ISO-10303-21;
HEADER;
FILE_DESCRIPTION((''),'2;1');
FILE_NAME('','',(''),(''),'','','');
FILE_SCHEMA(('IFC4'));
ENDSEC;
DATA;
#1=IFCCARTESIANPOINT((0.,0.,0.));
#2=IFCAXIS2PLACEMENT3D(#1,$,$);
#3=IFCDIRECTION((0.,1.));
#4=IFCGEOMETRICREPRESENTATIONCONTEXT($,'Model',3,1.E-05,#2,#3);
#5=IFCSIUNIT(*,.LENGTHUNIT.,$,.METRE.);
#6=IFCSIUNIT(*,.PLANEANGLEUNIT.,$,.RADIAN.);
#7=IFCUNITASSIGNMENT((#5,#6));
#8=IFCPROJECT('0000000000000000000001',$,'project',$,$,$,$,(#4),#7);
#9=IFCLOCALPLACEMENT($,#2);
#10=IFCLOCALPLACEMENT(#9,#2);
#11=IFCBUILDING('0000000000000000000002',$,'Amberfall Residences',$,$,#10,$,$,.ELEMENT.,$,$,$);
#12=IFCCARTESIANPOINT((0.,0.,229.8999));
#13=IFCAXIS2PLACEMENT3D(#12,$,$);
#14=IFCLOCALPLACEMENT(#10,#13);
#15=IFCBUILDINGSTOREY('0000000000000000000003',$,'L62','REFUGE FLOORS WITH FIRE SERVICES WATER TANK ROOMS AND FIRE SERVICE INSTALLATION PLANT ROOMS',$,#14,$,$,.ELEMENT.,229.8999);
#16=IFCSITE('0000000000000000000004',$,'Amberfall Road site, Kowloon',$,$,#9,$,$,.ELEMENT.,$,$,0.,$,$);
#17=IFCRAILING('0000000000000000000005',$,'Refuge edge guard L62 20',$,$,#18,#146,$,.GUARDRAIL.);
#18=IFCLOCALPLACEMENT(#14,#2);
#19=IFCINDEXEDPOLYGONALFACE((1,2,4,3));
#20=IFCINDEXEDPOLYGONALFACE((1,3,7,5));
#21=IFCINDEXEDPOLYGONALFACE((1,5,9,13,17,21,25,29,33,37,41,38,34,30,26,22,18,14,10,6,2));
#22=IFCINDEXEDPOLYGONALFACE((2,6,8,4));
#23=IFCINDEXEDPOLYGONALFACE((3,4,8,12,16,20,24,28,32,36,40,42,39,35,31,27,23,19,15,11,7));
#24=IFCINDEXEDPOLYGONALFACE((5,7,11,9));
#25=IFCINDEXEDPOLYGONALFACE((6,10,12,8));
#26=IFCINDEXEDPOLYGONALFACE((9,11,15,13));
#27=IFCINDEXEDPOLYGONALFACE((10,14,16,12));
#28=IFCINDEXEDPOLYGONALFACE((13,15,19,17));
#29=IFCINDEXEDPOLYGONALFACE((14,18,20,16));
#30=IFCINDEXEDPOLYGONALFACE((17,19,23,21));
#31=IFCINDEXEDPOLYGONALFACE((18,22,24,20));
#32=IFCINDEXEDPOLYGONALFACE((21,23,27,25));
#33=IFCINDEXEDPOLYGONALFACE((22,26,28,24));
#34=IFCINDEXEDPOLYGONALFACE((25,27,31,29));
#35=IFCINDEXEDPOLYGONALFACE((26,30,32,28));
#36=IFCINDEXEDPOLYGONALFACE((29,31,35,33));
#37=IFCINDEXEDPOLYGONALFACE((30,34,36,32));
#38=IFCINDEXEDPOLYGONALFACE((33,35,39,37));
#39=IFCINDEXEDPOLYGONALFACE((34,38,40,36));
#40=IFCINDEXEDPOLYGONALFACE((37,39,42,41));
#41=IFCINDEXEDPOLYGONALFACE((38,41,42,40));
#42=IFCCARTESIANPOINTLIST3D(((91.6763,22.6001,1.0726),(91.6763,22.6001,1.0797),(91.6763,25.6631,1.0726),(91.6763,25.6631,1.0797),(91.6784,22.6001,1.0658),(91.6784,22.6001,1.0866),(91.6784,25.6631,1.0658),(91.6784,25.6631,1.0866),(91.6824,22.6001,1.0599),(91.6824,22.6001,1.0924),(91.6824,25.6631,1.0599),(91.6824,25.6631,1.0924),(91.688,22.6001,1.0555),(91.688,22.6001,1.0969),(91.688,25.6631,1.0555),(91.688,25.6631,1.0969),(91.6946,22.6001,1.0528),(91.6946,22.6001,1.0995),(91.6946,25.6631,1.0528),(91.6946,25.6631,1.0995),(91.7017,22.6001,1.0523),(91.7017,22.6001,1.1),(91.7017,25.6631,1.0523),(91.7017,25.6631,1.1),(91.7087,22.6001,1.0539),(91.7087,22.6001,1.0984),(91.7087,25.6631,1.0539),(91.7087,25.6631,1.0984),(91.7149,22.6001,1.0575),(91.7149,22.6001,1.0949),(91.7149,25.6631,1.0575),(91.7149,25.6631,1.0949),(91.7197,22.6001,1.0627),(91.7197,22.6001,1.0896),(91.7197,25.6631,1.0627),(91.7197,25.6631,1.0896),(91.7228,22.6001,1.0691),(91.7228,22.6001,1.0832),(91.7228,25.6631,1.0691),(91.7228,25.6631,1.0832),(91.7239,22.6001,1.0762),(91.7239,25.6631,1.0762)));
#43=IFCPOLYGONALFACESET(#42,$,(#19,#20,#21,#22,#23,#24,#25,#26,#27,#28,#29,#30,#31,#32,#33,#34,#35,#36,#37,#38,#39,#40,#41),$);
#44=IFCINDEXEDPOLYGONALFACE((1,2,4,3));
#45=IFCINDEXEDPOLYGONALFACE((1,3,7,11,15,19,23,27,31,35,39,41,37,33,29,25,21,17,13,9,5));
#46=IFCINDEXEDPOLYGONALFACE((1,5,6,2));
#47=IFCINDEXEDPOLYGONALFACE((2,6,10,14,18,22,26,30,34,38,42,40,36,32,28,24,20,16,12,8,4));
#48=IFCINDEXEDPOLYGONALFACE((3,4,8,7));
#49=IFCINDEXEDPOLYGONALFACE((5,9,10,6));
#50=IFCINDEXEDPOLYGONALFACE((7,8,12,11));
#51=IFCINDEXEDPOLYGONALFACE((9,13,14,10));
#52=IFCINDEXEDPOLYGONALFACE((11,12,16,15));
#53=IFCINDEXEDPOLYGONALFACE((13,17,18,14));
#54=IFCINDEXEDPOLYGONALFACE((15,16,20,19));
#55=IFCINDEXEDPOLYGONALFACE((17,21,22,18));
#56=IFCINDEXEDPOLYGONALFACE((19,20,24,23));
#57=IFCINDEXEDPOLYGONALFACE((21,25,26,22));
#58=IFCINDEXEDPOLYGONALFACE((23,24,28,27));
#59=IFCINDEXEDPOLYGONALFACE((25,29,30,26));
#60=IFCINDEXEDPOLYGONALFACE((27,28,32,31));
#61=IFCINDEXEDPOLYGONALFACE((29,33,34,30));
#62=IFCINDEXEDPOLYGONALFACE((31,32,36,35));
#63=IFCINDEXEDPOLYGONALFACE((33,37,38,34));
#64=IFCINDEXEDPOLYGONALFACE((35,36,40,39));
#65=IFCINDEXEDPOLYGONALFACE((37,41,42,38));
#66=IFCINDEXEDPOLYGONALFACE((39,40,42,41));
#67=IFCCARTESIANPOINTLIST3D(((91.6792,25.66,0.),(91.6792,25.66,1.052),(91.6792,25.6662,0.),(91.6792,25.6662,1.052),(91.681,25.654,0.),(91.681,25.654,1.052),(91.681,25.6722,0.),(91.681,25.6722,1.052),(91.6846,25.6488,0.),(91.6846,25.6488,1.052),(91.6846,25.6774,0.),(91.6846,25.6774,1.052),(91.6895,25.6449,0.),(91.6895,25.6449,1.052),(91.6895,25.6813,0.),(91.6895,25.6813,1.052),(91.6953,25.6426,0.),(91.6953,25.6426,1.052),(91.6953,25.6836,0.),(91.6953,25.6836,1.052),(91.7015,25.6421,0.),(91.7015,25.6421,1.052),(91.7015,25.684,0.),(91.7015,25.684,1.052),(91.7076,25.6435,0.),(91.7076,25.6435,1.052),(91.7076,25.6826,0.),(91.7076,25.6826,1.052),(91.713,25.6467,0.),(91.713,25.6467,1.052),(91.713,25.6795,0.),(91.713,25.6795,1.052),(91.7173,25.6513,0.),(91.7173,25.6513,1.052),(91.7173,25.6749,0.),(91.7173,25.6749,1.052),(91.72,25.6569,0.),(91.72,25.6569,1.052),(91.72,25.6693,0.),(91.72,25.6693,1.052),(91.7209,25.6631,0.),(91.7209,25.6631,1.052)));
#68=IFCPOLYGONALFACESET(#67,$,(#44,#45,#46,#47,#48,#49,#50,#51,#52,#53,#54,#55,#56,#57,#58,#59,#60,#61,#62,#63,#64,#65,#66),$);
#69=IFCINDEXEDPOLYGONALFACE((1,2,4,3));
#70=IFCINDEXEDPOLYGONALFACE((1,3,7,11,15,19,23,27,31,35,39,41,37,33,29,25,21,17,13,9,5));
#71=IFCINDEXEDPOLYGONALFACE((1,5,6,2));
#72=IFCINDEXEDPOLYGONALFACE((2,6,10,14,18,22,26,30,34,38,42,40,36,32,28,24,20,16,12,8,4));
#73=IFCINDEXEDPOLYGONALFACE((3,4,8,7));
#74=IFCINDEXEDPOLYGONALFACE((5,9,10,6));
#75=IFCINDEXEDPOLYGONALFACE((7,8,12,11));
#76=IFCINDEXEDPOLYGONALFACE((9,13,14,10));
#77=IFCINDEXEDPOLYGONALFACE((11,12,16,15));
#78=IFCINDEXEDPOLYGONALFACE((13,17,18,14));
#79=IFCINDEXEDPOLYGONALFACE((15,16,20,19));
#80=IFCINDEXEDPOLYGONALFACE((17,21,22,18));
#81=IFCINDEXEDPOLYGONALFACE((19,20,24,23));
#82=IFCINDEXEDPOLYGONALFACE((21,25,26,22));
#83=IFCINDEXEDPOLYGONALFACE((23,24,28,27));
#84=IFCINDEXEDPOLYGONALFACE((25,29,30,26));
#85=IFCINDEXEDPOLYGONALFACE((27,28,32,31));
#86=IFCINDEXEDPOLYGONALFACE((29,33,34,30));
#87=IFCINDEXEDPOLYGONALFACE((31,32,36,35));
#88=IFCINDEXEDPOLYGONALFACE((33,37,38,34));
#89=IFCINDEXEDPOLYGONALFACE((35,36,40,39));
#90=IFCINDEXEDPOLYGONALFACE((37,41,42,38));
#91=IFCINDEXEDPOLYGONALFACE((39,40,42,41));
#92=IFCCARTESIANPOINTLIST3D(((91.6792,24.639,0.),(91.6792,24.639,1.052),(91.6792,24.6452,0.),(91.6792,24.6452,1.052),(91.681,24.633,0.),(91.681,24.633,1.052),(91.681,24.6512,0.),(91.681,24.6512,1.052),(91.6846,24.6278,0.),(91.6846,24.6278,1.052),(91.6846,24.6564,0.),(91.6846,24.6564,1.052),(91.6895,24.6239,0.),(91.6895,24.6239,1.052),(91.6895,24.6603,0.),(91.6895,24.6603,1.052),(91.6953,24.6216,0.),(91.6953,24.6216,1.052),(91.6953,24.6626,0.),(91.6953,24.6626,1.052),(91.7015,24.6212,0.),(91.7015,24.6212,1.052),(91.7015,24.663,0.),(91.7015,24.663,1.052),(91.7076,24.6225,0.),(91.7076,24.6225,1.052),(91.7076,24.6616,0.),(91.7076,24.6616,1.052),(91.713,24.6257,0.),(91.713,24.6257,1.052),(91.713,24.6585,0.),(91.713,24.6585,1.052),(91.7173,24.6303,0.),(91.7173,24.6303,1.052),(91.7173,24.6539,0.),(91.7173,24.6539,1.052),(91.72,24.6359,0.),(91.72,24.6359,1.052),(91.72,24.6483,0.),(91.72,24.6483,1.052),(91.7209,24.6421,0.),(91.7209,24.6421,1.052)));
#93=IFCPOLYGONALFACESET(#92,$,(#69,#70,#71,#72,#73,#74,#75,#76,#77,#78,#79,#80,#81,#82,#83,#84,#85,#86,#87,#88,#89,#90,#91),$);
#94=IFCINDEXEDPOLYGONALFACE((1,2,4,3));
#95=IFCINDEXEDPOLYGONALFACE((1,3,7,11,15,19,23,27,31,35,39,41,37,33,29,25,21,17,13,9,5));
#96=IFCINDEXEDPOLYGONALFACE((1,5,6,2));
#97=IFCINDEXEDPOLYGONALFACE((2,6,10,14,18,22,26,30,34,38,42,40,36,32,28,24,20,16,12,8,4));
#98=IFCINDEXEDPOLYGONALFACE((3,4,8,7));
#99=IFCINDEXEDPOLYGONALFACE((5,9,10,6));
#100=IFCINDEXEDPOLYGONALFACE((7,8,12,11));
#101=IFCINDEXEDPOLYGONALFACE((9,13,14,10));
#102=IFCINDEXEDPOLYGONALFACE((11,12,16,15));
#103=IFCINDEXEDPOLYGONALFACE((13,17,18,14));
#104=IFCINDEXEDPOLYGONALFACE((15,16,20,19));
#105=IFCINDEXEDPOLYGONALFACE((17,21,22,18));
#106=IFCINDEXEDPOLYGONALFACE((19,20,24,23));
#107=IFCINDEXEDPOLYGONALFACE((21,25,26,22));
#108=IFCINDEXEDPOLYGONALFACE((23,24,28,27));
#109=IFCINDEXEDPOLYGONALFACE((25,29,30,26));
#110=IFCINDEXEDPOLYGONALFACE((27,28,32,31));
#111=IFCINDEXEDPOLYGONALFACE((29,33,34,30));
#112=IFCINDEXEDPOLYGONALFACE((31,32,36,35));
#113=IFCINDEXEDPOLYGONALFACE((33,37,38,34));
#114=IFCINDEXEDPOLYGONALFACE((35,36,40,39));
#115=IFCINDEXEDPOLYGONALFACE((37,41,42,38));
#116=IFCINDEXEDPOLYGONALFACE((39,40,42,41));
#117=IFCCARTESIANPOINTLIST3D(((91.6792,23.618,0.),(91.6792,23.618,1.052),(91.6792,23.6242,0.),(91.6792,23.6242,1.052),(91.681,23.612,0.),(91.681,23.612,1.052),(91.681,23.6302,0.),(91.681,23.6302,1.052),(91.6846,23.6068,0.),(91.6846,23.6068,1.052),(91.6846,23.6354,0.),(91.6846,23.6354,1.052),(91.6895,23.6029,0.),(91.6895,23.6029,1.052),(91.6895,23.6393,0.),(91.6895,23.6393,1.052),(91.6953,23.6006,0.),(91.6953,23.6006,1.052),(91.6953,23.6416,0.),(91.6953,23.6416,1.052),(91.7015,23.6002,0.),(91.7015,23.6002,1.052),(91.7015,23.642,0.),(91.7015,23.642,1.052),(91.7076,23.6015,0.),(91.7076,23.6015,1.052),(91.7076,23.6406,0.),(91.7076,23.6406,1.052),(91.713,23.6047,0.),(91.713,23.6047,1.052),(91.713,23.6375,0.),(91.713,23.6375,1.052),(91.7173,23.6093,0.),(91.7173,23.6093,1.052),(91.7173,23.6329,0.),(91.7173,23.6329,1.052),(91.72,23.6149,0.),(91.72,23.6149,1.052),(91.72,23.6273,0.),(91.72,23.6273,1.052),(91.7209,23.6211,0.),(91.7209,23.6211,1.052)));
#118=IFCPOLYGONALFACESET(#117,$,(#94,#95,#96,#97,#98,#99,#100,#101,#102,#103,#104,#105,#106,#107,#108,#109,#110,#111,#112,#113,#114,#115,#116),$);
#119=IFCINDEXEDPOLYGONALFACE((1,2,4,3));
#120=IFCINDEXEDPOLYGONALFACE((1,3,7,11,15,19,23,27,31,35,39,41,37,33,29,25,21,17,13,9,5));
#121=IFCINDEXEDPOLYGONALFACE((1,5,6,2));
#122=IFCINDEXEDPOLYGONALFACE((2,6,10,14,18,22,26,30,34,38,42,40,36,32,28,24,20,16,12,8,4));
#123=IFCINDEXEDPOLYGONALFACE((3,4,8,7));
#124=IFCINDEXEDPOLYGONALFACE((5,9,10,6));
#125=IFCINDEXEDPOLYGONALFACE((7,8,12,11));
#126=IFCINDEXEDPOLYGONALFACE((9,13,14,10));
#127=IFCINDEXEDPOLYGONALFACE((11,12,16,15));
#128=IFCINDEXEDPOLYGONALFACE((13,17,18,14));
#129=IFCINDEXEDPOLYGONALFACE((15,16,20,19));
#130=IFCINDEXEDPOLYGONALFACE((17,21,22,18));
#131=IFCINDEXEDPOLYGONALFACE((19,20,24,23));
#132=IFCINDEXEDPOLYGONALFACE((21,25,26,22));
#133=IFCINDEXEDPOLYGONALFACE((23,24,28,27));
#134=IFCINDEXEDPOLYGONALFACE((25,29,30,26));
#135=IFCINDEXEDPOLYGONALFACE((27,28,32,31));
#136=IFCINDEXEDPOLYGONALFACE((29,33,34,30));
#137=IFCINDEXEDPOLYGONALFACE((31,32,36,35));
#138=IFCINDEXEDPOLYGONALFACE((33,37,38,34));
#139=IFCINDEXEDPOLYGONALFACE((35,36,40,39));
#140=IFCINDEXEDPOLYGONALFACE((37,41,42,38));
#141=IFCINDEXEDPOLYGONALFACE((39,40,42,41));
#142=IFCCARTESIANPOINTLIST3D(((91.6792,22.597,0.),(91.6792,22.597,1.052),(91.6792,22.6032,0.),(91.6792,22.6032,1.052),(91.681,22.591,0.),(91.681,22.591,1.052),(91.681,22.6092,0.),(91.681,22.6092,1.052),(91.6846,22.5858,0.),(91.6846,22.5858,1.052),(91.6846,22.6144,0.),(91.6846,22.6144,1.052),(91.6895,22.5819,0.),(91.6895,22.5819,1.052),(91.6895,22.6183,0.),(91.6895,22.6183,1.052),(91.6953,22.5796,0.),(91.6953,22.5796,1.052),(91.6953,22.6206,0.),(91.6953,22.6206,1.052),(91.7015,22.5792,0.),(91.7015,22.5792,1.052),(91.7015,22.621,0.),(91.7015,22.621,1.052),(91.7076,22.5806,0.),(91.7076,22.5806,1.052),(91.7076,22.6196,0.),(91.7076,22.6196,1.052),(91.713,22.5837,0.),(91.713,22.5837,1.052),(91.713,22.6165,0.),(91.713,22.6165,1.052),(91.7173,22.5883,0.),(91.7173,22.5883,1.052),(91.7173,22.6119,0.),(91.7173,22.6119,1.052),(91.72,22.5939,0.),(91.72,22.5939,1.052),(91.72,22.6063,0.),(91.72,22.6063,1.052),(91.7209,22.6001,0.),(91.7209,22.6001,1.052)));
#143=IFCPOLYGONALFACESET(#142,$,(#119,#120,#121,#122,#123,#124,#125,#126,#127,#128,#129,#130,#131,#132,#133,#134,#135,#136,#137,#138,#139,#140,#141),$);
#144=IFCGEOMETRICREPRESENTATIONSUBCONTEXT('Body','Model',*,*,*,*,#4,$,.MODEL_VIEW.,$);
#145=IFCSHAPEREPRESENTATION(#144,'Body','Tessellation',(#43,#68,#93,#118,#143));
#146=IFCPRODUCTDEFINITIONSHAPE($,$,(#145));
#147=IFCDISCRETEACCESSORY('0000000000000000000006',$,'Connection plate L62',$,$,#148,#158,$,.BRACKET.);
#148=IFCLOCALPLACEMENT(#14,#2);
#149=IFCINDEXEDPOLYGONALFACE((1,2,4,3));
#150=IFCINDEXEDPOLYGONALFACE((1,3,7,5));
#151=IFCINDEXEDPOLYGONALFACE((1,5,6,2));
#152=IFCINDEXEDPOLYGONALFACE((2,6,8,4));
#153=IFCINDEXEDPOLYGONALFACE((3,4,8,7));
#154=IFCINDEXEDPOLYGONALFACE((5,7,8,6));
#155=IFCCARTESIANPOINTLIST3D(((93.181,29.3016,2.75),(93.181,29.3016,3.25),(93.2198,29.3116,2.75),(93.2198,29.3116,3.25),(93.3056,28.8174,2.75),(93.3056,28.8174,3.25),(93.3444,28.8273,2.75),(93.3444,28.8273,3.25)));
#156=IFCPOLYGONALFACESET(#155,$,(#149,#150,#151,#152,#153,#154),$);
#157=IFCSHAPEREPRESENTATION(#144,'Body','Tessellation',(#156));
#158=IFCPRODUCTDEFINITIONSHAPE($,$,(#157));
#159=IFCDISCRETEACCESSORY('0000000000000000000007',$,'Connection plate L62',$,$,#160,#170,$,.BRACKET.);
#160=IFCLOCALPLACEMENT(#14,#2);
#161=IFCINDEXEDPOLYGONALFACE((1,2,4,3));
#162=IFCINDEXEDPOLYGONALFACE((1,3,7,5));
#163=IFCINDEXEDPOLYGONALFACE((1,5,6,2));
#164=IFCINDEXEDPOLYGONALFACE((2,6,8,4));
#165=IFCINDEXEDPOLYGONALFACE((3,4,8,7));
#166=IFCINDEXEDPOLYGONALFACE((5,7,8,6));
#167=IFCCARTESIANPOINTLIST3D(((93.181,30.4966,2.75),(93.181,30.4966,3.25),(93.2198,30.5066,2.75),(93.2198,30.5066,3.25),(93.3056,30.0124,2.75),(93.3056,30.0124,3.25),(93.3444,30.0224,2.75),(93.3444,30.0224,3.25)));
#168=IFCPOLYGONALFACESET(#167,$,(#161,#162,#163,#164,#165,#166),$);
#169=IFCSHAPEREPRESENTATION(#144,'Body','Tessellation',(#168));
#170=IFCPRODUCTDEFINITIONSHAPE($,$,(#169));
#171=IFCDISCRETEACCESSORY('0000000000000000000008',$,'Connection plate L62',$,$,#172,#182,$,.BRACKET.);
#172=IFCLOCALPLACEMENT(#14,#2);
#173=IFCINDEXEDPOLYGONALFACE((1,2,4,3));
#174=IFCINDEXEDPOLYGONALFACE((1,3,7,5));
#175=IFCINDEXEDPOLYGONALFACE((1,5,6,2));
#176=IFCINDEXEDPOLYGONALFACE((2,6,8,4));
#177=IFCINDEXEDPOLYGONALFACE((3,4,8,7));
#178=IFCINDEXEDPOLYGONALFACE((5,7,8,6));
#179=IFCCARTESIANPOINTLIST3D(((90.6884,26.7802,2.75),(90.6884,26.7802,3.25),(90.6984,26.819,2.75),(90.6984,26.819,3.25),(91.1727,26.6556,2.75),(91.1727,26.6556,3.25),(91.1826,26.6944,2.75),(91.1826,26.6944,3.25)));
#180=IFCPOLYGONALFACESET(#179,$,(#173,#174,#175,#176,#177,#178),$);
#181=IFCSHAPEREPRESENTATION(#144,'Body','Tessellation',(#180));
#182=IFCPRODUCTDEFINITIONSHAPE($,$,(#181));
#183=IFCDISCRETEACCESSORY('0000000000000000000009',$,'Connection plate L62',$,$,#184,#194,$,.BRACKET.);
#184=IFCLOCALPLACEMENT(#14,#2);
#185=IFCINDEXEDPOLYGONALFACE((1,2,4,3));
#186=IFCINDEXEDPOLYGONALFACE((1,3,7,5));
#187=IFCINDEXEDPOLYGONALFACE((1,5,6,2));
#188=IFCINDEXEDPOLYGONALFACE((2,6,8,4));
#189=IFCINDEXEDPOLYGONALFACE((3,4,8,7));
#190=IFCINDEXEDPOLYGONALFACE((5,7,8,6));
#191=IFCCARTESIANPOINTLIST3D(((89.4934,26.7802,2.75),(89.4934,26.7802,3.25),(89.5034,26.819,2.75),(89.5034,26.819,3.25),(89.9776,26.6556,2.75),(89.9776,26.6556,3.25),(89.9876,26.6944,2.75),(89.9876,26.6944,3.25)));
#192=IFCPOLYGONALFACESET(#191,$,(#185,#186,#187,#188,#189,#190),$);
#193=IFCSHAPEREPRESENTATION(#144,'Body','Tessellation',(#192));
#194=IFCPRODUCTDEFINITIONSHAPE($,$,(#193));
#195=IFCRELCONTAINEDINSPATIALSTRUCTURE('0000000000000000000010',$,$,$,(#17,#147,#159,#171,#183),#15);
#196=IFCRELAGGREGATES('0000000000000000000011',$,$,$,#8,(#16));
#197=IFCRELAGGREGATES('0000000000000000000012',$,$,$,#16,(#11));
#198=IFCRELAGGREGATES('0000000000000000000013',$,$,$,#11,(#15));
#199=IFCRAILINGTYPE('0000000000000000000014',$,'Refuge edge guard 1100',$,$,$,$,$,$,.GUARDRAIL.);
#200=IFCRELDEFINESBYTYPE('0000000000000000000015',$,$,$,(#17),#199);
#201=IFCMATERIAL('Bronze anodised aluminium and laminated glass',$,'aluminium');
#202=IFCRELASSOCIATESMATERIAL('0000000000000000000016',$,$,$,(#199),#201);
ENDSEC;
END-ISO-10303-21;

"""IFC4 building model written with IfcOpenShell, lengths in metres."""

from ifc_helpers import new_model, si_unit, direction, frame, origin, origin_2d, place, context, subcontext, project, spatial, rectangle, circle, extrude, material, type_object, element, save


model = new_model("IFC4")

# Units and contexts
model_context = context("Model", 3, precision=1e-05, world=origin(), true_north=direction((0.0, 1.0)))
body_context = subcontext(model_context, "Body", "Model", "MODEL_VIEW")
ifc_project = project(units=[si_unit("LENGTHUNIT", "METRE"), si_unit("PLANEANGLEUNIT", "RADIAN")], contexts=[model_context])

# Site, building, storey
site_placement = place(None, origin())
site = spatial("IfcSite", under=ifc_project, at=site_placement, Name="Amberfall Road site, Kowloon", CompositionType="ELEMENT", RefElevation=0.0)
building_placement = place(site_placement, origin())
building = spatial("IfcBuilding", under=site, at=building_placement, Name="Amberfall Residences", CompositionType="ELEMENT")
storey_placement = place(building_placement, frame((0.0, 0.0, 229.8999)))
storey = spatial("IfcBuildingStorey", under=building, at=storey_placement, Name="L62", Description="REFUGE FLOORS WITH FIRE SERVICES WATER TANK ROOMS AND FIRE SERVICE INSTALLATION PLANT ROOMS", CompositionType="ELEMENT", Elevation=229.8999)

# Railing
ifc_material_1 = material(Name="Bronze anodised aluminium and laminated glass", Category="aluminium")
railing_type = type_object("IfcRailingType", Name="Refuge edge guard 1100", PredefinedType="GUARDRAIL", material=ifc_material_1)
railing_1_placement = place(storey_placement, frame((91.7, 25.6631, 0.0)))
element("IfcRailing", 1, at=railing_1_placement, inside=storey, type_object=railing_type, Name="Refuge edge guard L62 20", PredefinedType="GUARDRAIL", context=body_context, shape_type="SweptSolid", body=[
    extrude(circle(Radius=0.0239, at=origin_2d()), frame((0.0, 0.0, 1.0762), z_axis=(0.0, -1.0, 0.0), x_axis=(1.0, 0.0, 0.0)), (0.0, 0.0, 1.0), 3.063),
    extrude(circle(Radius=0.021, at=origin_2d()), origin(), (0.0, 0.0, 1.0), 1.052),
    extrude(circle(Radius=0.021, at=origin_2d()), frame((0.0, -1.021, 0.0)), (0.0, 0.0, 1.0), 1.052),
    extrude(circle(Radius=0.021, at=origin_2d()), frame((0.0, -2.042, 0.0)), (0.0, 0.0, 1.0), 1.052),
    extrude(circle(Radius=0.021, at=origin_2d()), frame((0.0, -3.063, 0.0)), (0.0, 0.0, 1.0), 1.052),
])

# Discrete accessories
for number, where, z_axis, x_axis, name in (
    (2, (93.2627, 29.0645, 2.75), (0.0, 0.0, 1.0), (-0.249197, 0.968453, 0.0), "Connection plate L62"),
    (3, (93.2627, 30.2595, 2.75), (0.0, 0.0, 1.0), (-0.249197, 0.968453, 0.0), "Connection plate L62"),
    (4, (90.9355, 26.7373, 2.75), (0.0, 0.0, 1.0), (-0.968453, 0.249197, 0.0), "Connection plate L62"),
    (5, (89.7405, 26.7373, 2.75), (0.0, 0.0, 1.0), (-0.968453, 0.249197, 0.0), "Connection plate L62"),
):
    element("IfcDiscreteAccessory", number, at=place(storey_placement, frame(where, z_axis=z_axis, x_axis=x_axis)), inside=storey, Name=name, PredefinedType="BRACKET", context=body_context, shape_type="SweptSolid", body=[
        extrude(rectangle(XDim=0.5, YDim=0.04, at=origin_2d()), origin(), (0.0, 0.0, 1.0), 0.5),
    ])

save(model, "model.ifc")
